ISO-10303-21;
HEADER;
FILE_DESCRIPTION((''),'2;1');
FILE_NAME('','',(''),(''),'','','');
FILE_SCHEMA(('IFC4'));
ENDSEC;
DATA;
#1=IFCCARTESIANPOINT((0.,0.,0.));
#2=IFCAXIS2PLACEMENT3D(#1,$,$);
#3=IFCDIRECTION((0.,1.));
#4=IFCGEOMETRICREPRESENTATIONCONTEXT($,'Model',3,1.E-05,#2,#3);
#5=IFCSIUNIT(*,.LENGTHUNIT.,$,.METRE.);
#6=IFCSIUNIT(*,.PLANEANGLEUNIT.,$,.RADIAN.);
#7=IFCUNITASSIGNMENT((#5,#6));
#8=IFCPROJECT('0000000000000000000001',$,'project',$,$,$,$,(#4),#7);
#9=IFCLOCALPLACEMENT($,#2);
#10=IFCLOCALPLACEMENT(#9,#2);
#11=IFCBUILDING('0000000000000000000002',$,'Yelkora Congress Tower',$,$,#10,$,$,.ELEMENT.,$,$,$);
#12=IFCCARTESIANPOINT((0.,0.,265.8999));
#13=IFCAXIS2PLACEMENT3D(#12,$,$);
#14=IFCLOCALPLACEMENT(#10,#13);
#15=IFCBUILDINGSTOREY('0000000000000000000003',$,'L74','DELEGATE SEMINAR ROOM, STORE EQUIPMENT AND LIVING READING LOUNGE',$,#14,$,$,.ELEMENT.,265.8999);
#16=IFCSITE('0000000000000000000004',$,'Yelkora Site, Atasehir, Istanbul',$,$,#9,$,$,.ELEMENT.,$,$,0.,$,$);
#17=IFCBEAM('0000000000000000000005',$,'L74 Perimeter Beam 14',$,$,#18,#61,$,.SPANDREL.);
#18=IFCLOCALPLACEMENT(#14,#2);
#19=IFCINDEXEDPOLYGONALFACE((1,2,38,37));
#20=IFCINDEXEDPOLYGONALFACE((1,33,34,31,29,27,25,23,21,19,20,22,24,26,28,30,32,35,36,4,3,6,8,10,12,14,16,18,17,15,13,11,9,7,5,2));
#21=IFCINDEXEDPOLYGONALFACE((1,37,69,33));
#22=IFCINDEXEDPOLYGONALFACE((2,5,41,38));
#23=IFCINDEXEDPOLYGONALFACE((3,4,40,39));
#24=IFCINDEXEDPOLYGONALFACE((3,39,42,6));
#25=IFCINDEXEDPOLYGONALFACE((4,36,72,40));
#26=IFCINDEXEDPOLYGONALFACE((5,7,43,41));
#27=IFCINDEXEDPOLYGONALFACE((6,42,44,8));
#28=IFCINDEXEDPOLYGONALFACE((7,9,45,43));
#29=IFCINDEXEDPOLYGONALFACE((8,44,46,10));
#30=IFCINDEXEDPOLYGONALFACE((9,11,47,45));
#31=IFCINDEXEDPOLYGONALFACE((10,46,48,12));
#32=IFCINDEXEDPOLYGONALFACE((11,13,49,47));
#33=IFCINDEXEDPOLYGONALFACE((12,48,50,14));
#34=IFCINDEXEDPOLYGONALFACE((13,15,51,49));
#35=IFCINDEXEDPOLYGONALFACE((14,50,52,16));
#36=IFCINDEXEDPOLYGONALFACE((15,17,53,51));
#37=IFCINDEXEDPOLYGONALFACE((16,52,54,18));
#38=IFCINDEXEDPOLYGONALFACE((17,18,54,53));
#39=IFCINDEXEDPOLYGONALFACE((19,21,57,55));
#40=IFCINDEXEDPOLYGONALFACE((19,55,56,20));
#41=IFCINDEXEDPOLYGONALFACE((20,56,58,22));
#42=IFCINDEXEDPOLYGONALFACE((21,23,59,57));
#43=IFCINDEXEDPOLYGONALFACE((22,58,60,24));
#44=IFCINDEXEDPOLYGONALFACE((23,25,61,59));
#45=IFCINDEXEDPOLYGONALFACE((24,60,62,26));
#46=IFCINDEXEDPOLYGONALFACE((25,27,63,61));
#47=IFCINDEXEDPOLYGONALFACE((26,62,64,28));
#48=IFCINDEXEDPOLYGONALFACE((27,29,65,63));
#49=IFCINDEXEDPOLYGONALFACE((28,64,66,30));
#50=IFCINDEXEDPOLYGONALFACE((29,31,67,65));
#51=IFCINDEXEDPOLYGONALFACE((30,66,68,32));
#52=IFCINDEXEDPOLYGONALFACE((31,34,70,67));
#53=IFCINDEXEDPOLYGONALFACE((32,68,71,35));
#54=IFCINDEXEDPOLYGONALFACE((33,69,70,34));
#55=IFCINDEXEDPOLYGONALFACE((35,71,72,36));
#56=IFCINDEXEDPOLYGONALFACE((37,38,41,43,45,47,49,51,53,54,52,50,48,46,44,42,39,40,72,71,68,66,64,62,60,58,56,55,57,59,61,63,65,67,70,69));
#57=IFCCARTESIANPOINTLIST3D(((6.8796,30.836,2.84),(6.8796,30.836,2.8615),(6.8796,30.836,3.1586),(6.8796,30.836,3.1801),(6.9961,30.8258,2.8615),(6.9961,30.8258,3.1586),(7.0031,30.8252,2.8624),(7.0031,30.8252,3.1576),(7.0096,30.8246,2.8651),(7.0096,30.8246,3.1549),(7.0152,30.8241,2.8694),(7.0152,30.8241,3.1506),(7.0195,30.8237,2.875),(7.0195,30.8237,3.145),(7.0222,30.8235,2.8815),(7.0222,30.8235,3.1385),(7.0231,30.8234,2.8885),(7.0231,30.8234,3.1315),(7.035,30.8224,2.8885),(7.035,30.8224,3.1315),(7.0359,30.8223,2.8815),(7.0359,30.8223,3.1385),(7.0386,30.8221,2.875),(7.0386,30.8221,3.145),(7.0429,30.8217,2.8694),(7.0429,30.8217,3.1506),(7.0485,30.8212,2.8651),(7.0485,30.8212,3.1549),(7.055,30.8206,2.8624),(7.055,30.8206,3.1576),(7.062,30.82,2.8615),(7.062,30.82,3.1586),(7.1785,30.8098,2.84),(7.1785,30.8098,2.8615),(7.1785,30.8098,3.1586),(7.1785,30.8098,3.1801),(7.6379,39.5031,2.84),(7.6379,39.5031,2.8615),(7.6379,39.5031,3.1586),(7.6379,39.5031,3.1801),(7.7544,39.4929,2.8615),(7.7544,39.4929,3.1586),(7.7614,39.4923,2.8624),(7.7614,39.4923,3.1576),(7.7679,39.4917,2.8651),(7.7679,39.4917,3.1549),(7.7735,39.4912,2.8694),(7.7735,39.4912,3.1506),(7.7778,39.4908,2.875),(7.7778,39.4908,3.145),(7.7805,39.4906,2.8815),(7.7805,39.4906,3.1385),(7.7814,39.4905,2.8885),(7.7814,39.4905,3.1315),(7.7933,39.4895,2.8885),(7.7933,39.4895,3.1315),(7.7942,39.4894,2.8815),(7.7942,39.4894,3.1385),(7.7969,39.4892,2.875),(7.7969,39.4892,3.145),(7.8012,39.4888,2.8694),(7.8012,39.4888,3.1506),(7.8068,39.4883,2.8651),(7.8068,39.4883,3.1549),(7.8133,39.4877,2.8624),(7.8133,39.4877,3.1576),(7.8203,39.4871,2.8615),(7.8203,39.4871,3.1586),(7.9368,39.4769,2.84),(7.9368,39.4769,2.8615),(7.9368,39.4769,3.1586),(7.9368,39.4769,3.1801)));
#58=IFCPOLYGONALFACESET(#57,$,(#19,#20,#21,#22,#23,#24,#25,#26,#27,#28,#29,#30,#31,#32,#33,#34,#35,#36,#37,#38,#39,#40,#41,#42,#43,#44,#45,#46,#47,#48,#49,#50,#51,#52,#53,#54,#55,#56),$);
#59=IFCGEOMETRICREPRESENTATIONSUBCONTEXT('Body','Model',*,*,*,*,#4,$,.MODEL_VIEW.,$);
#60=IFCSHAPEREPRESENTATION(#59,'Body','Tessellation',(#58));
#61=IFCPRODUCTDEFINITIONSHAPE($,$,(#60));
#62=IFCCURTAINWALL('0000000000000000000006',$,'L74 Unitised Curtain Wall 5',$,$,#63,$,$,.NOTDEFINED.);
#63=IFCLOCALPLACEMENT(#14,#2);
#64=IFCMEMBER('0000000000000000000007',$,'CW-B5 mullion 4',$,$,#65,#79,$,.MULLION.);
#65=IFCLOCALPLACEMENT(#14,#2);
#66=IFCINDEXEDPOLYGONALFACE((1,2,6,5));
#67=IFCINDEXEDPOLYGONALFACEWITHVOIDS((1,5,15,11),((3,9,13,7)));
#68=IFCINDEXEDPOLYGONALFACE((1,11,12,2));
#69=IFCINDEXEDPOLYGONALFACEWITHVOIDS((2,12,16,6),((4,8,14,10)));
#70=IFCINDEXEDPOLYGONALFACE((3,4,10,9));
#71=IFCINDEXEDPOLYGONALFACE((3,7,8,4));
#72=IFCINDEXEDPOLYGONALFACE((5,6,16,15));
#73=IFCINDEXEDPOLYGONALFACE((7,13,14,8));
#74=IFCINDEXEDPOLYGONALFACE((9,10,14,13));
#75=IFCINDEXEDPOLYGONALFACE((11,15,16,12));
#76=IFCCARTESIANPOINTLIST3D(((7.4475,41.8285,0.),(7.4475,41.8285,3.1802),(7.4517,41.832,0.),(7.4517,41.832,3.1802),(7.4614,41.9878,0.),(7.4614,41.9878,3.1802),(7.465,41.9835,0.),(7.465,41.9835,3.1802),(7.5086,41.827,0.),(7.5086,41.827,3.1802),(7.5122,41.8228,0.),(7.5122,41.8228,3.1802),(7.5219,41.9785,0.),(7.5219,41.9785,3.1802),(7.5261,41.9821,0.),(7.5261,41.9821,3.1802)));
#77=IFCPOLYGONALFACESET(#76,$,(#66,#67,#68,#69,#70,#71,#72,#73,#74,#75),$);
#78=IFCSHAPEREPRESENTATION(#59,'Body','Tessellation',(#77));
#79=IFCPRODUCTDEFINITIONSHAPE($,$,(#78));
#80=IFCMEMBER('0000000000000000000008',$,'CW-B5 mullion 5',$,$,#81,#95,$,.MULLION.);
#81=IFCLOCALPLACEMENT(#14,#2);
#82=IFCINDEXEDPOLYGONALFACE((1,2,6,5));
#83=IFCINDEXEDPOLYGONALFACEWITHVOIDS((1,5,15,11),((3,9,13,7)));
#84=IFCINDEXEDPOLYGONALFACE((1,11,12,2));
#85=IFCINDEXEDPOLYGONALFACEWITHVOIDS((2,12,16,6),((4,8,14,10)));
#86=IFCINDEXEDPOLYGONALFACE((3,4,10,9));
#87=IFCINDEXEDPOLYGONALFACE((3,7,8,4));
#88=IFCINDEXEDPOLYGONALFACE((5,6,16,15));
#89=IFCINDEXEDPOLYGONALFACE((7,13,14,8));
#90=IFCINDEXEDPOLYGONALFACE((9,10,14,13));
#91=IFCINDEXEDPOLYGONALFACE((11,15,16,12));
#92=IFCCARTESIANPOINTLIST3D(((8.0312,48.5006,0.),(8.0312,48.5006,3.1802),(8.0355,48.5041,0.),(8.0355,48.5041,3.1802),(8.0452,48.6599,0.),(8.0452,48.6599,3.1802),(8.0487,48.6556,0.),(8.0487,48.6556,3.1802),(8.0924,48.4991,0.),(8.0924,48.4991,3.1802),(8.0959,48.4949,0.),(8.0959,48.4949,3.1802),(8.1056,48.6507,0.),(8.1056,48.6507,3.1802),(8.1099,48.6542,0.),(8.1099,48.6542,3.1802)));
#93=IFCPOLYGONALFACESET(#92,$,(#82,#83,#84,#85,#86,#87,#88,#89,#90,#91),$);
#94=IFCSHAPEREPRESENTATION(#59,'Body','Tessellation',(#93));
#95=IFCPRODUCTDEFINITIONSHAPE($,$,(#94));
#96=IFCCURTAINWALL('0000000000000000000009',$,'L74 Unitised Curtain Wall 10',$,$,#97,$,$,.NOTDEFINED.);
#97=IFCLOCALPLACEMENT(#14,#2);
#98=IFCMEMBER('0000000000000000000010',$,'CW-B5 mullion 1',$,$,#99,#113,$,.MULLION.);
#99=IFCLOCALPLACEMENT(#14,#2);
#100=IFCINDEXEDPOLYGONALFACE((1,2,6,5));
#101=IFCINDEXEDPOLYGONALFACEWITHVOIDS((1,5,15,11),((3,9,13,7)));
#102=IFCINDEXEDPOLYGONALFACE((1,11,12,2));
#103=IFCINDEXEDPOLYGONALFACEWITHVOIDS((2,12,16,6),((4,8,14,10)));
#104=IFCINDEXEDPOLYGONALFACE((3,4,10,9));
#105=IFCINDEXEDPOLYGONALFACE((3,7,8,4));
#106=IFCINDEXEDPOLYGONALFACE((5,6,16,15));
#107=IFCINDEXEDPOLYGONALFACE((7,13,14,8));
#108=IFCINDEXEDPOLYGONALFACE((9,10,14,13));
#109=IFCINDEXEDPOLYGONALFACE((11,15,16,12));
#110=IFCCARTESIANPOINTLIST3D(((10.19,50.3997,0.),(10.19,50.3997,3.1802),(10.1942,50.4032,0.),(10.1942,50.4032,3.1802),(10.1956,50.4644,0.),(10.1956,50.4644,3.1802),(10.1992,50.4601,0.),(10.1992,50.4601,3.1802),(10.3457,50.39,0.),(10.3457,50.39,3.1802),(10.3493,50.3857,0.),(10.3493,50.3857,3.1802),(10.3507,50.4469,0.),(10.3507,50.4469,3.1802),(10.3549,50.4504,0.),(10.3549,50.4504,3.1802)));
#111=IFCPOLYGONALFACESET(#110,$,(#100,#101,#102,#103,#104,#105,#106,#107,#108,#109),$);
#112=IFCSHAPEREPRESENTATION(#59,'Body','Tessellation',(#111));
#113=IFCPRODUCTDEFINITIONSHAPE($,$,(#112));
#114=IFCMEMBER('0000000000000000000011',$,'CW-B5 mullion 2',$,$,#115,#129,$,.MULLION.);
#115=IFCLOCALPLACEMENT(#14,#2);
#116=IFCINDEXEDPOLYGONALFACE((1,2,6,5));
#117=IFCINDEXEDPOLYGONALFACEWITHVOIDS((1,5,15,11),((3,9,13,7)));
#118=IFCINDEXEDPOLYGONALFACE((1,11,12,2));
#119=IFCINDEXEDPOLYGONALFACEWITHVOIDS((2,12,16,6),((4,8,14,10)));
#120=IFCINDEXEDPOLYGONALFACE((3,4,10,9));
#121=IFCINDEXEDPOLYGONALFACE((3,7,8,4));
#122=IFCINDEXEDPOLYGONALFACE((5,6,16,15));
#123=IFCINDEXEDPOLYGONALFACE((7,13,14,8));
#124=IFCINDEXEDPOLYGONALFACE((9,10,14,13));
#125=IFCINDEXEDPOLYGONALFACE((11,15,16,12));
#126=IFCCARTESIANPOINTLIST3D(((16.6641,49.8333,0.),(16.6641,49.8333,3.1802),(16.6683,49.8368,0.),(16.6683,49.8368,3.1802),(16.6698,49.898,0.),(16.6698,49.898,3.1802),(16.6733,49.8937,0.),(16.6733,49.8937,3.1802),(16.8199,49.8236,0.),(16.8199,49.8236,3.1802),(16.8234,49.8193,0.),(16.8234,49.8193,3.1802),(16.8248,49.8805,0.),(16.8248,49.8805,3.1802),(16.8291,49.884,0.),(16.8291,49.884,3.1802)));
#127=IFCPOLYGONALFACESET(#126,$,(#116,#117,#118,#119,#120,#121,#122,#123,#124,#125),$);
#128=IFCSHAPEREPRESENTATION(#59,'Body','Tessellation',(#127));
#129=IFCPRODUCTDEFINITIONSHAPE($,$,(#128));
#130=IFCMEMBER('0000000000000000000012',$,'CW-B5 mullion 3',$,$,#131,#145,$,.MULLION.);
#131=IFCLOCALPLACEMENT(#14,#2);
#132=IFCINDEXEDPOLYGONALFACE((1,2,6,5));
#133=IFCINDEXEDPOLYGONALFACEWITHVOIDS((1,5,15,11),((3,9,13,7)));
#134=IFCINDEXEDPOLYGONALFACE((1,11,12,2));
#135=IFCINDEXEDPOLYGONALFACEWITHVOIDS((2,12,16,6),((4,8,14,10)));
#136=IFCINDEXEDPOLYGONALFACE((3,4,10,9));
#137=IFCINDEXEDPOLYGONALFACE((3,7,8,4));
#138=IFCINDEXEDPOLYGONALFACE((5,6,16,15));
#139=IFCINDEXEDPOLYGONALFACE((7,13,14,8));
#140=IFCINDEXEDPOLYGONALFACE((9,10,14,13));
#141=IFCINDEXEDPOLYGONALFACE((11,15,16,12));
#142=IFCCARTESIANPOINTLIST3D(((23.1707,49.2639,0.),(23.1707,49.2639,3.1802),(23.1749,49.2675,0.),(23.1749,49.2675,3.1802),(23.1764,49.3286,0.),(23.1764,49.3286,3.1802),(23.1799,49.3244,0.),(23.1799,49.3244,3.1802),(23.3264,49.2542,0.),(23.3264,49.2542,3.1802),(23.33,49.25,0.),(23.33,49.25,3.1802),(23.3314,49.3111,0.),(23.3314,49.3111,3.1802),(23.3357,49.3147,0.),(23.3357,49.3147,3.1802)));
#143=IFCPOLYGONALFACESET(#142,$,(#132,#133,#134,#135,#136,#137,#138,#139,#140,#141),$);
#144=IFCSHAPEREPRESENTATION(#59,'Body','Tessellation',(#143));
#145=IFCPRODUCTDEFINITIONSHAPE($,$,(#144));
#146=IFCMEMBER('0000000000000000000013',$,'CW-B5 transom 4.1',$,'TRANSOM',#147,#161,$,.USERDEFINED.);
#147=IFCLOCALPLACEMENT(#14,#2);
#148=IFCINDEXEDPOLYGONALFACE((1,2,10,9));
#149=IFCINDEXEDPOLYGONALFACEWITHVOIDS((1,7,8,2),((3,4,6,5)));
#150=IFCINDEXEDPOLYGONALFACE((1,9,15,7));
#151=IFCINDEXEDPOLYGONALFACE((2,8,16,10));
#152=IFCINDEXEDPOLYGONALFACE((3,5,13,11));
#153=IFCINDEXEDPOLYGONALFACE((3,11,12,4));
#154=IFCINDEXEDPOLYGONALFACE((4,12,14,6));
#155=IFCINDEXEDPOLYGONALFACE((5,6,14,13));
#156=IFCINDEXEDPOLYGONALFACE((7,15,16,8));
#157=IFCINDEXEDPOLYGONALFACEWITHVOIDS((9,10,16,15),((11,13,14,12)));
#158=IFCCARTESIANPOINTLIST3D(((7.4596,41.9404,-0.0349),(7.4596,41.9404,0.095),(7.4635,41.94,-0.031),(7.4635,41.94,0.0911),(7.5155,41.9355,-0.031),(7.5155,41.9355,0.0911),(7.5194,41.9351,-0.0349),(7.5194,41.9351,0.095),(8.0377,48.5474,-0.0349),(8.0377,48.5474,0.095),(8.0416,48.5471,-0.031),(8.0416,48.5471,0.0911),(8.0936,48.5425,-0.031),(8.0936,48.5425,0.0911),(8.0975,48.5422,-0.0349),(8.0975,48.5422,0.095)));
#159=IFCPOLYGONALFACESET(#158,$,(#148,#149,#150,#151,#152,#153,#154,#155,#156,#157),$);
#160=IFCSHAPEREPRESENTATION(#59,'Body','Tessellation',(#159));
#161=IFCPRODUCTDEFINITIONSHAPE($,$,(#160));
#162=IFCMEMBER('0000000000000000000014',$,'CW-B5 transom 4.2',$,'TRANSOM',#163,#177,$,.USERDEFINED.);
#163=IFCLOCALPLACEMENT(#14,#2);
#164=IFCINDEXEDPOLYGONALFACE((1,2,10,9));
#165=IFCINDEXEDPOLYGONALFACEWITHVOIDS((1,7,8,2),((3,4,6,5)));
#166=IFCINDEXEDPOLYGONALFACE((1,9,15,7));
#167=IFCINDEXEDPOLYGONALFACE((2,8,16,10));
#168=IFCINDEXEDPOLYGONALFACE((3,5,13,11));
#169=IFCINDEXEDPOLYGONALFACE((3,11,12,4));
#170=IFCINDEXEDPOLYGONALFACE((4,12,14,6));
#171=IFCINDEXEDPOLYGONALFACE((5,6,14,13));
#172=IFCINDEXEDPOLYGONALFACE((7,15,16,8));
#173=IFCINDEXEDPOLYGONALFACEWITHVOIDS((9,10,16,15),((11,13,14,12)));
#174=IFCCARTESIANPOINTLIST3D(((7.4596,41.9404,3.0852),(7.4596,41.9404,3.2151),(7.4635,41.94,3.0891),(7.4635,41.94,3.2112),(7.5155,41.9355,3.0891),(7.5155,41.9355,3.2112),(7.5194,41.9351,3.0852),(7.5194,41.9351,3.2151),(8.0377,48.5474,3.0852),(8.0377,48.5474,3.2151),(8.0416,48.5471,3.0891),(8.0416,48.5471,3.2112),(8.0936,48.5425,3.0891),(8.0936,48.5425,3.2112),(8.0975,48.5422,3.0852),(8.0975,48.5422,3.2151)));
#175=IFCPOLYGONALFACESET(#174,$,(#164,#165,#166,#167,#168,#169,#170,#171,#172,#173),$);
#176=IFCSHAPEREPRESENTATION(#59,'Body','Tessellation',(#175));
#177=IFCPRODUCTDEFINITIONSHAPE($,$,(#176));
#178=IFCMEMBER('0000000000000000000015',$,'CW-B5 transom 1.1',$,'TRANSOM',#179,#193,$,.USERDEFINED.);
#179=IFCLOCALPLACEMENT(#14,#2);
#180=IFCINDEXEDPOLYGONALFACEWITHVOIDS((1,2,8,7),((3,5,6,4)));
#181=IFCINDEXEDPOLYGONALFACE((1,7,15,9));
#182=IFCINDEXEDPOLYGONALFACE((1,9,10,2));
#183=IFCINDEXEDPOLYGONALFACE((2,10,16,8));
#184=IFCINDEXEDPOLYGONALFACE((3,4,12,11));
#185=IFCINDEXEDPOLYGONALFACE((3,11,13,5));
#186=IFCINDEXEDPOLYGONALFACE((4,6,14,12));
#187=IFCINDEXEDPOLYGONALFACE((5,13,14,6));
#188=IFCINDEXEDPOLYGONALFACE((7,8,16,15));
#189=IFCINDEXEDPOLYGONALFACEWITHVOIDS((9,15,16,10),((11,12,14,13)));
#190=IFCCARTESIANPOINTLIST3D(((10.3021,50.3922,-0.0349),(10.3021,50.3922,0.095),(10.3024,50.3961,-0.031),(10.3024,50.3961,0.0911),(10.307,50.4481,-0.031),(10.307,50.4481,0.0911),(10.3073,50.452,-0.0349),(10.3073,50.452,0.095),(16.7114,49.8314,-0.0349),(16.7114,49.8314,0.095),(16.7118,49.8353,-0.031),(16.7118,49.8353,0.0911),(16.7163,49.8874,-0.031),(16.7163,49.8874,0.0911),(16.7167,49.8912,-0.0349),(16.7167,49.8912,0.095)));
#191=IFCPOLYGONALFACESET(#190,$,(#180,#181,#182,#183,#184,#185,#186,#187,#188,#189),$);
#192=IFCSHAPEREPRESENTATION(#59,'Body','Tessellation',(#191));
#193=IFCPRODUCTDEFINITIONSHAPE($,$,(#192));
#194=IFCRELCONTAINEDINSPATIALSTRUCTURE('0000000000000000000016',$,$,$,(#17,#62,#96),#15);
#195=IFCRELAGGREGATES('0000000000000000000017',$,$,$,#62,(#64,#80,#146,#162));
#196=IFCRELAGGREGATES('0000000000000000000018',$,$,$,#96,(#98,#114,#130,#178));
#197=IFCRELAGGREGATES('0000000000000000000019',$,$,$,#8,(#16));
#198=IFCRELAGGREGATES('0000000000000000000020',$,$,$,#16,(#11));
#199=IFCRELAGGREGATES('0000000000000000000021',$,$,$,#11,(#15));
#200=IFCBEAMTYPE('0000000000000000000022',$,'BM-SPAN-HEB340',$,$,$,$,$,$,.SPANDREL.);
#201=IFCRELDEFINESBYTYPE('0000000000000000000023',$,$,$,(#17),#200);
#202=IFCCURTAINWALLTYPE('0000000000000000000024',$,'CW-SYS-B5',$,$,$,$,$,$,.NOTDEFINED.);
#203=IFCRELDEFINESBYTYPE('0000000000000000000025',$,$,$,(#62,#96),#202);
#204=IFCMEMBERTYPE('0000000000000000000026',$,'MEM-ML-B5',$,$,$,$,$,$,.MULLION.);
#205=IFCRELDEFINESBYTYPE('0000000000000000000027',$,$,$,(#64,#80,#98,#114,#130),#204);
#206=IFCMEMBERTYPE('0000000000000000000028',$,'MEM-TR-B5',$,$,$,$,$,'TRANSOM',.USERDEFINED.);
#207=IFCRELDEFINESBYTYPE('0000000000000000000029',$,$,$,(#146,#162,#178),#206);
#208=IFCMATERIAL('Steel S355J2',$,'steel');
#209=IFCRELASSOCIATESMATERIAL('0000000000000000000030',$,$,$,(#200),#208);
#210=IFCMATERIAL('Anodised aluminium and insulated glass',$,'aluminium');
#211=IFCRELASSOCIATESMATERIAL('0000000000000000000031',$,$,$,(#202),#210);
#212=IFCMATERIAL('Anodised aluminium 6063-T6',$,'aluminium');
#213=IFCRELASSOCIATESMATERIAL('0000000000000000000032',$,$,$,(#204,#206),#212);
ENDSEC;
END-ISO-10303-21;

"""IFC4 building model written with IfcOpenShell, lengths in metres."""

from ifc_helpers import new_model, si_unit, direction, frame, origin, origin_2d, place, context, subcontext, project, spatial, hollow_rectangle, i_section, extrude, material, material_profile, profile_set, type_object, element, aggregate, save


model = new_model("IFC4")

# Units and contexts
model_context = context("Model", 3, precision=1e-05, world=origin(), true_north=direction((0.0, 1.0)))
body_context = subcontext(model_context, "Body", "Model", "MODEL_VIEW")
ifc_project = project(units=[si_unit("LENGTHUNIT", "METRE"), si_unit("PLANEANGLEUNIT", "RADIAN")], contexts=[model_context])

# Site, building, storey
site_placement = place(None, origin())
site = spatial("IfcSite", under=ifc_project, at=site_placement, Name="Yelkora Site, Atasehir, Istanbul", CompositionType="ELEMENT", RefElevation=0.0)
building_placement = place(site_placement, origin())
building = spatial("IfcBuilding", under=site, at=building_placement, Name="Yelkora Congress Tower", CompositionType="ELEMENT")
storey_placement = place(building_placement, frame((0.0, 0.0, 265.8999)))
storey = spatial("IfcBuildingStorey", under=building, at=storey_placement, Name="L74", Description="DELEGATE SEMINAR ROOM, STORE EQUIPMENT AND LIVING READING LOUNGE", CompositionType="ELEMENT", Elevation=265.8999)

# Shared definitions
ifc_material_1 = material(Name="Steel S355J2", Category="steel")

# Beam
ifc_material_profile_1 = material_profile(ifc_material_1, i_section(OverallWidth=0.3, OverallDepth=0.3401, WebThickness=0.012, FlangeThickness=0.0215, FilletRadius=0.0271, at=origin_2d()), Name="HEB 340")
ifc_profile_set_1 = profile_set([ifc_material_profile_1], Name="Steel S355J2")
beam_type_1 = type_object("IfcBeamType", Name="BM-SPAN-HEB340", PredefinedType="SPANDREL", material=ifc_profile_set_1)
beam_1_placement = place(storey_placement, frame((7.7874, 39.49, 3.01), z_axis=(-0.08716, -0.996194, 0.0), x_axis=(0.996194, -0.08716, 0.0)))
element("IfcBeam", 1, at=beam_1_placement, inside=storey, type_object=beam_type_1, Name="L74 Perimeter Beam 14", PredefinedType="SPANDREL", context=body_context, shape_type="SweptSolid", body=[
    extrude(i_section(OverallWidth=0.3, OverallDepth=0.3401, WebThickness=0.012, FlangeThickness=0.0215, FilletRadius=0.0271, at=origin_2d()), origin(), (0.0, 0.0, 1.0), 8.7002),
])

# Curtain walls, members
ifc_material_2 = material(Name="Anodised aluminium and insulated glass", Category="aluminium")
curtain_wall_type = type_object("IfcCurtainWallType", Name="CW-SYS-B5", PredefinedType="NOTDEFINED", material=ifc_material_2)
curtain_wall_1_placement = place(storey_placement, origin())
curtain_wall_1 = element("IfcCurtainWall", 2, at=curtain_wall_1_placement, inside=storey, type_object=curtain_wall_type, Name="L74 Unitised Curtain Wall 5", PredefinedType="NOTDEFINED")
ifc_material_3 = material(Name="Anodised aluminium 6063-T6", Category="aluminium")
ifc_material_profile_2 = material_profile(ifc_material_3, hollow_rectangle(XDim=0.0649, YDim=0.1599, WallThickness=0.0039, at=origin_2d()), Name="ALU 65x160x4")
ifc_profile_set_2 = profile_set([ifc_material_profile_2], Name="Anodised aluminium 6063-T6")
member_type_1 = type_object("IfcMemberType", Name="MEM-ML-B5", PredefinedType="MULLION", material=ifc_profile_set_2)
member_1_placement = place(storey_placement, frame((7.4868, 41.9053, 0.0), z_axis=(0.0, 0.0, 1.0), x_axis=(-0.996195, 0.087155, 0.0)))
member_1 = element("IfcMember", 3, at=member_1_placement, type_object=member_type_1, Name="CW-B5 mullion 4", PredefinedType="MULLION", context=body_context, shape_type="SweptSolid", body=[
    extrude(hollow_rectangle(XDim=0.0649, YDim=0.1599, WallThickness=0.0039, at=origin_2d()), origin(), (0.0, 0.0, 1.0), 3.1802),
])
member_2_placement = place(storey_placement, frame((8.0706, 48.5774, 0.0), z_axis=(0.0, 0.0, 1.0), x_axis=(-0.996195, 0.087155, 0.0)))
member_2 = element("IfcMember", 4, at=member_2_placement, type_object=member_type_1, Name="CW-B5 mullion 5", PredefinedType="MULLION", context=body_context, shape_type="SweptSolid", body=[
    extrude(hollow_rectangle(XDim=0.0649, YDim=0.1599, WallThickness=0.0039, at=origin_2d()), origin(), (0.0, 0.0, 1.0), 3.1802),
])
curtain_wall_2_placement = place(storey_placement, origin())
curtain_wall_2 = element("IfcCurtainWall", 5, at=curtain_wall_2_placement, inside=storey, type_object=curtain_wall_type, Name="L74 Unitised Curtain Wall 10", PredefinedType="NOTDEFINED")
member_3_placement = place(storey_placement, frame((10.2725, 50.425, 0.0), z_axis=(0.0, 0.0, 1.0), x_axis=(0.087157, 0.996195, 0.0)))
member_3 = element("IfcMember", 6, at=member_3_placement, type_object=member_type_1, Name="CW-B5 mullion 1", PredefinedType="MULLION", context=body_context, shape_type="SweptSolid", body=[
    extrude(hollow_rectangle(XDim=0.0649, YDim=0.1599, WallThickness=0.0039, at=origin_2d()), origin(), (0.0, 0.0, 1.0), 3.1802),
])
member_4_placement = place(storey_placement, frame((16.7466, 49.8586, 0.0), z_axis=(0.0, 0.0, 1.0), x_axis=(0.087157, 0.996195, 0.0)))
member_4 = element("IfcMember", 7, at=member_4_placement, type_object=member_type_1, Name="CW-B5 mullion 2", PredefinedType="MULLION", context=body_context, shape_type="SweptSolid", body=[
    extrude(hollow_rectangle(XDim=0.0649, YDim=0.1599, WallThickness=0.0039, at=origin_2d()), origin(), (0.0, 0.0, 1.0), 3.1802),
])
member_5_placement = place(storey_placement, frame((23.2532, 49.2893, 0.0), z_axis=(0.0, 0.0, 1.0), x_axis=(0.087157, 0.996195, 0.0)))
member_5 = element("IfcMember", 8, at=member_5_placement, type_object=member_type_1, Name="CW-B5 mullion 3", PredefinedType="MULLION", context=body_context, shape_type="SweptSolid", body=[
    extrude(hollow_rectangle(XDim=0.0649, YDim=0.1599, WallThickness=0.0039, at=origin_2d()), origin(), (0.0, 0.0, 1.0), 3.1802),
])

# Members
ifc_material_profile_3 = material_profile(ifc_material_3, hollow_rectangle(XDim=0.0601, YDim=0.1299, WallThickness=0.0039, at=origin_2d()), Name="ALU 60x130x4")
ifc_profile_set_3 = profile_set([ifc_material_profile_3], Name="Anodised aluminium 6063-T6")
member_type_2 = type_object("IfcMemberType", Name="MEM-TR-B5", ElementType="TRANSOM", PredefinedType="USERDEFINED", material=ifc_profile_set_3)
member_6_placement = place(storey_placement, frame((7.4895, 41.9377, 0.03), z_axis=(0.087166, 0.996194, 0.0), x_axis=(-0.996194, 0.087166, 0.0)))
member_6 = element("IfcMember", 9, at=member_6_placement, type_object=member_type_2, Name="CW-B5 transom 4.1", ObjectType="TRANSOM", PredefinedType="USERDEFINED", context=body_context, shape_type="SweptSolid", body=[
    extrude(hollow_rectangle(XDim=0.0601, YDim=0.1299, WallThickness=0.0039, at=origin_2d()), origin(), (0.0, 0.0, 1.0), 6.6323),
])
member_7_placement = place(storey_placement, frame((7.4895, 41.9377, 3.1501), z_axis=(0.087166, 0.996194, 0.0), x_axis=(-0.996194, 0.087166, 0.0)))
member_7 = element("IfcMember", 10, at=member_7_placement, type_object=member_type_2, Name="CW-B5 transom 4.2", ObjectType="TRANSOM", PredefinedType="USERDEFINED", context=body_context, shape_type="SweptSolid", body=[
    extrude(hollow_rectangle(XDim=0.0601, YDim=0.1299, WallThickness=0.0039, at=origin_2d()), origin(), (0.0, 0.0, 1.0), 6.6323),
])
member_8_placement = place(storey_placement, frame((10.3047, 50.4221, 0.03), z_axis=(0.996194, -0.087162, 0.0), x_axis=(0.087162, 0.996194, 0.0)))
member_8 = element("IfcMember", 11, at=member_8_placement, type_object=member_type_2, Name="CW-B5 transom 1.1", ObjectType="TRANSOM", PredefinedType="USERDEFINED", context=body_context, shape_type="SweptSolid", body=[
    extrude(hollow_rectangle(XDim=0.0601, YDim=0.1299, WallThickness=0.0039, at=origin_2d()), origin(), (0.0, 0.0, 1.0), 6.4338),
])

aggregate(curtain_wall_1, [member_1, member_2, member_6, member_7])
aggregate(curtain_wall_2, [member_3, member_4, member_5, member_8])

save(model, "model.ifc")
